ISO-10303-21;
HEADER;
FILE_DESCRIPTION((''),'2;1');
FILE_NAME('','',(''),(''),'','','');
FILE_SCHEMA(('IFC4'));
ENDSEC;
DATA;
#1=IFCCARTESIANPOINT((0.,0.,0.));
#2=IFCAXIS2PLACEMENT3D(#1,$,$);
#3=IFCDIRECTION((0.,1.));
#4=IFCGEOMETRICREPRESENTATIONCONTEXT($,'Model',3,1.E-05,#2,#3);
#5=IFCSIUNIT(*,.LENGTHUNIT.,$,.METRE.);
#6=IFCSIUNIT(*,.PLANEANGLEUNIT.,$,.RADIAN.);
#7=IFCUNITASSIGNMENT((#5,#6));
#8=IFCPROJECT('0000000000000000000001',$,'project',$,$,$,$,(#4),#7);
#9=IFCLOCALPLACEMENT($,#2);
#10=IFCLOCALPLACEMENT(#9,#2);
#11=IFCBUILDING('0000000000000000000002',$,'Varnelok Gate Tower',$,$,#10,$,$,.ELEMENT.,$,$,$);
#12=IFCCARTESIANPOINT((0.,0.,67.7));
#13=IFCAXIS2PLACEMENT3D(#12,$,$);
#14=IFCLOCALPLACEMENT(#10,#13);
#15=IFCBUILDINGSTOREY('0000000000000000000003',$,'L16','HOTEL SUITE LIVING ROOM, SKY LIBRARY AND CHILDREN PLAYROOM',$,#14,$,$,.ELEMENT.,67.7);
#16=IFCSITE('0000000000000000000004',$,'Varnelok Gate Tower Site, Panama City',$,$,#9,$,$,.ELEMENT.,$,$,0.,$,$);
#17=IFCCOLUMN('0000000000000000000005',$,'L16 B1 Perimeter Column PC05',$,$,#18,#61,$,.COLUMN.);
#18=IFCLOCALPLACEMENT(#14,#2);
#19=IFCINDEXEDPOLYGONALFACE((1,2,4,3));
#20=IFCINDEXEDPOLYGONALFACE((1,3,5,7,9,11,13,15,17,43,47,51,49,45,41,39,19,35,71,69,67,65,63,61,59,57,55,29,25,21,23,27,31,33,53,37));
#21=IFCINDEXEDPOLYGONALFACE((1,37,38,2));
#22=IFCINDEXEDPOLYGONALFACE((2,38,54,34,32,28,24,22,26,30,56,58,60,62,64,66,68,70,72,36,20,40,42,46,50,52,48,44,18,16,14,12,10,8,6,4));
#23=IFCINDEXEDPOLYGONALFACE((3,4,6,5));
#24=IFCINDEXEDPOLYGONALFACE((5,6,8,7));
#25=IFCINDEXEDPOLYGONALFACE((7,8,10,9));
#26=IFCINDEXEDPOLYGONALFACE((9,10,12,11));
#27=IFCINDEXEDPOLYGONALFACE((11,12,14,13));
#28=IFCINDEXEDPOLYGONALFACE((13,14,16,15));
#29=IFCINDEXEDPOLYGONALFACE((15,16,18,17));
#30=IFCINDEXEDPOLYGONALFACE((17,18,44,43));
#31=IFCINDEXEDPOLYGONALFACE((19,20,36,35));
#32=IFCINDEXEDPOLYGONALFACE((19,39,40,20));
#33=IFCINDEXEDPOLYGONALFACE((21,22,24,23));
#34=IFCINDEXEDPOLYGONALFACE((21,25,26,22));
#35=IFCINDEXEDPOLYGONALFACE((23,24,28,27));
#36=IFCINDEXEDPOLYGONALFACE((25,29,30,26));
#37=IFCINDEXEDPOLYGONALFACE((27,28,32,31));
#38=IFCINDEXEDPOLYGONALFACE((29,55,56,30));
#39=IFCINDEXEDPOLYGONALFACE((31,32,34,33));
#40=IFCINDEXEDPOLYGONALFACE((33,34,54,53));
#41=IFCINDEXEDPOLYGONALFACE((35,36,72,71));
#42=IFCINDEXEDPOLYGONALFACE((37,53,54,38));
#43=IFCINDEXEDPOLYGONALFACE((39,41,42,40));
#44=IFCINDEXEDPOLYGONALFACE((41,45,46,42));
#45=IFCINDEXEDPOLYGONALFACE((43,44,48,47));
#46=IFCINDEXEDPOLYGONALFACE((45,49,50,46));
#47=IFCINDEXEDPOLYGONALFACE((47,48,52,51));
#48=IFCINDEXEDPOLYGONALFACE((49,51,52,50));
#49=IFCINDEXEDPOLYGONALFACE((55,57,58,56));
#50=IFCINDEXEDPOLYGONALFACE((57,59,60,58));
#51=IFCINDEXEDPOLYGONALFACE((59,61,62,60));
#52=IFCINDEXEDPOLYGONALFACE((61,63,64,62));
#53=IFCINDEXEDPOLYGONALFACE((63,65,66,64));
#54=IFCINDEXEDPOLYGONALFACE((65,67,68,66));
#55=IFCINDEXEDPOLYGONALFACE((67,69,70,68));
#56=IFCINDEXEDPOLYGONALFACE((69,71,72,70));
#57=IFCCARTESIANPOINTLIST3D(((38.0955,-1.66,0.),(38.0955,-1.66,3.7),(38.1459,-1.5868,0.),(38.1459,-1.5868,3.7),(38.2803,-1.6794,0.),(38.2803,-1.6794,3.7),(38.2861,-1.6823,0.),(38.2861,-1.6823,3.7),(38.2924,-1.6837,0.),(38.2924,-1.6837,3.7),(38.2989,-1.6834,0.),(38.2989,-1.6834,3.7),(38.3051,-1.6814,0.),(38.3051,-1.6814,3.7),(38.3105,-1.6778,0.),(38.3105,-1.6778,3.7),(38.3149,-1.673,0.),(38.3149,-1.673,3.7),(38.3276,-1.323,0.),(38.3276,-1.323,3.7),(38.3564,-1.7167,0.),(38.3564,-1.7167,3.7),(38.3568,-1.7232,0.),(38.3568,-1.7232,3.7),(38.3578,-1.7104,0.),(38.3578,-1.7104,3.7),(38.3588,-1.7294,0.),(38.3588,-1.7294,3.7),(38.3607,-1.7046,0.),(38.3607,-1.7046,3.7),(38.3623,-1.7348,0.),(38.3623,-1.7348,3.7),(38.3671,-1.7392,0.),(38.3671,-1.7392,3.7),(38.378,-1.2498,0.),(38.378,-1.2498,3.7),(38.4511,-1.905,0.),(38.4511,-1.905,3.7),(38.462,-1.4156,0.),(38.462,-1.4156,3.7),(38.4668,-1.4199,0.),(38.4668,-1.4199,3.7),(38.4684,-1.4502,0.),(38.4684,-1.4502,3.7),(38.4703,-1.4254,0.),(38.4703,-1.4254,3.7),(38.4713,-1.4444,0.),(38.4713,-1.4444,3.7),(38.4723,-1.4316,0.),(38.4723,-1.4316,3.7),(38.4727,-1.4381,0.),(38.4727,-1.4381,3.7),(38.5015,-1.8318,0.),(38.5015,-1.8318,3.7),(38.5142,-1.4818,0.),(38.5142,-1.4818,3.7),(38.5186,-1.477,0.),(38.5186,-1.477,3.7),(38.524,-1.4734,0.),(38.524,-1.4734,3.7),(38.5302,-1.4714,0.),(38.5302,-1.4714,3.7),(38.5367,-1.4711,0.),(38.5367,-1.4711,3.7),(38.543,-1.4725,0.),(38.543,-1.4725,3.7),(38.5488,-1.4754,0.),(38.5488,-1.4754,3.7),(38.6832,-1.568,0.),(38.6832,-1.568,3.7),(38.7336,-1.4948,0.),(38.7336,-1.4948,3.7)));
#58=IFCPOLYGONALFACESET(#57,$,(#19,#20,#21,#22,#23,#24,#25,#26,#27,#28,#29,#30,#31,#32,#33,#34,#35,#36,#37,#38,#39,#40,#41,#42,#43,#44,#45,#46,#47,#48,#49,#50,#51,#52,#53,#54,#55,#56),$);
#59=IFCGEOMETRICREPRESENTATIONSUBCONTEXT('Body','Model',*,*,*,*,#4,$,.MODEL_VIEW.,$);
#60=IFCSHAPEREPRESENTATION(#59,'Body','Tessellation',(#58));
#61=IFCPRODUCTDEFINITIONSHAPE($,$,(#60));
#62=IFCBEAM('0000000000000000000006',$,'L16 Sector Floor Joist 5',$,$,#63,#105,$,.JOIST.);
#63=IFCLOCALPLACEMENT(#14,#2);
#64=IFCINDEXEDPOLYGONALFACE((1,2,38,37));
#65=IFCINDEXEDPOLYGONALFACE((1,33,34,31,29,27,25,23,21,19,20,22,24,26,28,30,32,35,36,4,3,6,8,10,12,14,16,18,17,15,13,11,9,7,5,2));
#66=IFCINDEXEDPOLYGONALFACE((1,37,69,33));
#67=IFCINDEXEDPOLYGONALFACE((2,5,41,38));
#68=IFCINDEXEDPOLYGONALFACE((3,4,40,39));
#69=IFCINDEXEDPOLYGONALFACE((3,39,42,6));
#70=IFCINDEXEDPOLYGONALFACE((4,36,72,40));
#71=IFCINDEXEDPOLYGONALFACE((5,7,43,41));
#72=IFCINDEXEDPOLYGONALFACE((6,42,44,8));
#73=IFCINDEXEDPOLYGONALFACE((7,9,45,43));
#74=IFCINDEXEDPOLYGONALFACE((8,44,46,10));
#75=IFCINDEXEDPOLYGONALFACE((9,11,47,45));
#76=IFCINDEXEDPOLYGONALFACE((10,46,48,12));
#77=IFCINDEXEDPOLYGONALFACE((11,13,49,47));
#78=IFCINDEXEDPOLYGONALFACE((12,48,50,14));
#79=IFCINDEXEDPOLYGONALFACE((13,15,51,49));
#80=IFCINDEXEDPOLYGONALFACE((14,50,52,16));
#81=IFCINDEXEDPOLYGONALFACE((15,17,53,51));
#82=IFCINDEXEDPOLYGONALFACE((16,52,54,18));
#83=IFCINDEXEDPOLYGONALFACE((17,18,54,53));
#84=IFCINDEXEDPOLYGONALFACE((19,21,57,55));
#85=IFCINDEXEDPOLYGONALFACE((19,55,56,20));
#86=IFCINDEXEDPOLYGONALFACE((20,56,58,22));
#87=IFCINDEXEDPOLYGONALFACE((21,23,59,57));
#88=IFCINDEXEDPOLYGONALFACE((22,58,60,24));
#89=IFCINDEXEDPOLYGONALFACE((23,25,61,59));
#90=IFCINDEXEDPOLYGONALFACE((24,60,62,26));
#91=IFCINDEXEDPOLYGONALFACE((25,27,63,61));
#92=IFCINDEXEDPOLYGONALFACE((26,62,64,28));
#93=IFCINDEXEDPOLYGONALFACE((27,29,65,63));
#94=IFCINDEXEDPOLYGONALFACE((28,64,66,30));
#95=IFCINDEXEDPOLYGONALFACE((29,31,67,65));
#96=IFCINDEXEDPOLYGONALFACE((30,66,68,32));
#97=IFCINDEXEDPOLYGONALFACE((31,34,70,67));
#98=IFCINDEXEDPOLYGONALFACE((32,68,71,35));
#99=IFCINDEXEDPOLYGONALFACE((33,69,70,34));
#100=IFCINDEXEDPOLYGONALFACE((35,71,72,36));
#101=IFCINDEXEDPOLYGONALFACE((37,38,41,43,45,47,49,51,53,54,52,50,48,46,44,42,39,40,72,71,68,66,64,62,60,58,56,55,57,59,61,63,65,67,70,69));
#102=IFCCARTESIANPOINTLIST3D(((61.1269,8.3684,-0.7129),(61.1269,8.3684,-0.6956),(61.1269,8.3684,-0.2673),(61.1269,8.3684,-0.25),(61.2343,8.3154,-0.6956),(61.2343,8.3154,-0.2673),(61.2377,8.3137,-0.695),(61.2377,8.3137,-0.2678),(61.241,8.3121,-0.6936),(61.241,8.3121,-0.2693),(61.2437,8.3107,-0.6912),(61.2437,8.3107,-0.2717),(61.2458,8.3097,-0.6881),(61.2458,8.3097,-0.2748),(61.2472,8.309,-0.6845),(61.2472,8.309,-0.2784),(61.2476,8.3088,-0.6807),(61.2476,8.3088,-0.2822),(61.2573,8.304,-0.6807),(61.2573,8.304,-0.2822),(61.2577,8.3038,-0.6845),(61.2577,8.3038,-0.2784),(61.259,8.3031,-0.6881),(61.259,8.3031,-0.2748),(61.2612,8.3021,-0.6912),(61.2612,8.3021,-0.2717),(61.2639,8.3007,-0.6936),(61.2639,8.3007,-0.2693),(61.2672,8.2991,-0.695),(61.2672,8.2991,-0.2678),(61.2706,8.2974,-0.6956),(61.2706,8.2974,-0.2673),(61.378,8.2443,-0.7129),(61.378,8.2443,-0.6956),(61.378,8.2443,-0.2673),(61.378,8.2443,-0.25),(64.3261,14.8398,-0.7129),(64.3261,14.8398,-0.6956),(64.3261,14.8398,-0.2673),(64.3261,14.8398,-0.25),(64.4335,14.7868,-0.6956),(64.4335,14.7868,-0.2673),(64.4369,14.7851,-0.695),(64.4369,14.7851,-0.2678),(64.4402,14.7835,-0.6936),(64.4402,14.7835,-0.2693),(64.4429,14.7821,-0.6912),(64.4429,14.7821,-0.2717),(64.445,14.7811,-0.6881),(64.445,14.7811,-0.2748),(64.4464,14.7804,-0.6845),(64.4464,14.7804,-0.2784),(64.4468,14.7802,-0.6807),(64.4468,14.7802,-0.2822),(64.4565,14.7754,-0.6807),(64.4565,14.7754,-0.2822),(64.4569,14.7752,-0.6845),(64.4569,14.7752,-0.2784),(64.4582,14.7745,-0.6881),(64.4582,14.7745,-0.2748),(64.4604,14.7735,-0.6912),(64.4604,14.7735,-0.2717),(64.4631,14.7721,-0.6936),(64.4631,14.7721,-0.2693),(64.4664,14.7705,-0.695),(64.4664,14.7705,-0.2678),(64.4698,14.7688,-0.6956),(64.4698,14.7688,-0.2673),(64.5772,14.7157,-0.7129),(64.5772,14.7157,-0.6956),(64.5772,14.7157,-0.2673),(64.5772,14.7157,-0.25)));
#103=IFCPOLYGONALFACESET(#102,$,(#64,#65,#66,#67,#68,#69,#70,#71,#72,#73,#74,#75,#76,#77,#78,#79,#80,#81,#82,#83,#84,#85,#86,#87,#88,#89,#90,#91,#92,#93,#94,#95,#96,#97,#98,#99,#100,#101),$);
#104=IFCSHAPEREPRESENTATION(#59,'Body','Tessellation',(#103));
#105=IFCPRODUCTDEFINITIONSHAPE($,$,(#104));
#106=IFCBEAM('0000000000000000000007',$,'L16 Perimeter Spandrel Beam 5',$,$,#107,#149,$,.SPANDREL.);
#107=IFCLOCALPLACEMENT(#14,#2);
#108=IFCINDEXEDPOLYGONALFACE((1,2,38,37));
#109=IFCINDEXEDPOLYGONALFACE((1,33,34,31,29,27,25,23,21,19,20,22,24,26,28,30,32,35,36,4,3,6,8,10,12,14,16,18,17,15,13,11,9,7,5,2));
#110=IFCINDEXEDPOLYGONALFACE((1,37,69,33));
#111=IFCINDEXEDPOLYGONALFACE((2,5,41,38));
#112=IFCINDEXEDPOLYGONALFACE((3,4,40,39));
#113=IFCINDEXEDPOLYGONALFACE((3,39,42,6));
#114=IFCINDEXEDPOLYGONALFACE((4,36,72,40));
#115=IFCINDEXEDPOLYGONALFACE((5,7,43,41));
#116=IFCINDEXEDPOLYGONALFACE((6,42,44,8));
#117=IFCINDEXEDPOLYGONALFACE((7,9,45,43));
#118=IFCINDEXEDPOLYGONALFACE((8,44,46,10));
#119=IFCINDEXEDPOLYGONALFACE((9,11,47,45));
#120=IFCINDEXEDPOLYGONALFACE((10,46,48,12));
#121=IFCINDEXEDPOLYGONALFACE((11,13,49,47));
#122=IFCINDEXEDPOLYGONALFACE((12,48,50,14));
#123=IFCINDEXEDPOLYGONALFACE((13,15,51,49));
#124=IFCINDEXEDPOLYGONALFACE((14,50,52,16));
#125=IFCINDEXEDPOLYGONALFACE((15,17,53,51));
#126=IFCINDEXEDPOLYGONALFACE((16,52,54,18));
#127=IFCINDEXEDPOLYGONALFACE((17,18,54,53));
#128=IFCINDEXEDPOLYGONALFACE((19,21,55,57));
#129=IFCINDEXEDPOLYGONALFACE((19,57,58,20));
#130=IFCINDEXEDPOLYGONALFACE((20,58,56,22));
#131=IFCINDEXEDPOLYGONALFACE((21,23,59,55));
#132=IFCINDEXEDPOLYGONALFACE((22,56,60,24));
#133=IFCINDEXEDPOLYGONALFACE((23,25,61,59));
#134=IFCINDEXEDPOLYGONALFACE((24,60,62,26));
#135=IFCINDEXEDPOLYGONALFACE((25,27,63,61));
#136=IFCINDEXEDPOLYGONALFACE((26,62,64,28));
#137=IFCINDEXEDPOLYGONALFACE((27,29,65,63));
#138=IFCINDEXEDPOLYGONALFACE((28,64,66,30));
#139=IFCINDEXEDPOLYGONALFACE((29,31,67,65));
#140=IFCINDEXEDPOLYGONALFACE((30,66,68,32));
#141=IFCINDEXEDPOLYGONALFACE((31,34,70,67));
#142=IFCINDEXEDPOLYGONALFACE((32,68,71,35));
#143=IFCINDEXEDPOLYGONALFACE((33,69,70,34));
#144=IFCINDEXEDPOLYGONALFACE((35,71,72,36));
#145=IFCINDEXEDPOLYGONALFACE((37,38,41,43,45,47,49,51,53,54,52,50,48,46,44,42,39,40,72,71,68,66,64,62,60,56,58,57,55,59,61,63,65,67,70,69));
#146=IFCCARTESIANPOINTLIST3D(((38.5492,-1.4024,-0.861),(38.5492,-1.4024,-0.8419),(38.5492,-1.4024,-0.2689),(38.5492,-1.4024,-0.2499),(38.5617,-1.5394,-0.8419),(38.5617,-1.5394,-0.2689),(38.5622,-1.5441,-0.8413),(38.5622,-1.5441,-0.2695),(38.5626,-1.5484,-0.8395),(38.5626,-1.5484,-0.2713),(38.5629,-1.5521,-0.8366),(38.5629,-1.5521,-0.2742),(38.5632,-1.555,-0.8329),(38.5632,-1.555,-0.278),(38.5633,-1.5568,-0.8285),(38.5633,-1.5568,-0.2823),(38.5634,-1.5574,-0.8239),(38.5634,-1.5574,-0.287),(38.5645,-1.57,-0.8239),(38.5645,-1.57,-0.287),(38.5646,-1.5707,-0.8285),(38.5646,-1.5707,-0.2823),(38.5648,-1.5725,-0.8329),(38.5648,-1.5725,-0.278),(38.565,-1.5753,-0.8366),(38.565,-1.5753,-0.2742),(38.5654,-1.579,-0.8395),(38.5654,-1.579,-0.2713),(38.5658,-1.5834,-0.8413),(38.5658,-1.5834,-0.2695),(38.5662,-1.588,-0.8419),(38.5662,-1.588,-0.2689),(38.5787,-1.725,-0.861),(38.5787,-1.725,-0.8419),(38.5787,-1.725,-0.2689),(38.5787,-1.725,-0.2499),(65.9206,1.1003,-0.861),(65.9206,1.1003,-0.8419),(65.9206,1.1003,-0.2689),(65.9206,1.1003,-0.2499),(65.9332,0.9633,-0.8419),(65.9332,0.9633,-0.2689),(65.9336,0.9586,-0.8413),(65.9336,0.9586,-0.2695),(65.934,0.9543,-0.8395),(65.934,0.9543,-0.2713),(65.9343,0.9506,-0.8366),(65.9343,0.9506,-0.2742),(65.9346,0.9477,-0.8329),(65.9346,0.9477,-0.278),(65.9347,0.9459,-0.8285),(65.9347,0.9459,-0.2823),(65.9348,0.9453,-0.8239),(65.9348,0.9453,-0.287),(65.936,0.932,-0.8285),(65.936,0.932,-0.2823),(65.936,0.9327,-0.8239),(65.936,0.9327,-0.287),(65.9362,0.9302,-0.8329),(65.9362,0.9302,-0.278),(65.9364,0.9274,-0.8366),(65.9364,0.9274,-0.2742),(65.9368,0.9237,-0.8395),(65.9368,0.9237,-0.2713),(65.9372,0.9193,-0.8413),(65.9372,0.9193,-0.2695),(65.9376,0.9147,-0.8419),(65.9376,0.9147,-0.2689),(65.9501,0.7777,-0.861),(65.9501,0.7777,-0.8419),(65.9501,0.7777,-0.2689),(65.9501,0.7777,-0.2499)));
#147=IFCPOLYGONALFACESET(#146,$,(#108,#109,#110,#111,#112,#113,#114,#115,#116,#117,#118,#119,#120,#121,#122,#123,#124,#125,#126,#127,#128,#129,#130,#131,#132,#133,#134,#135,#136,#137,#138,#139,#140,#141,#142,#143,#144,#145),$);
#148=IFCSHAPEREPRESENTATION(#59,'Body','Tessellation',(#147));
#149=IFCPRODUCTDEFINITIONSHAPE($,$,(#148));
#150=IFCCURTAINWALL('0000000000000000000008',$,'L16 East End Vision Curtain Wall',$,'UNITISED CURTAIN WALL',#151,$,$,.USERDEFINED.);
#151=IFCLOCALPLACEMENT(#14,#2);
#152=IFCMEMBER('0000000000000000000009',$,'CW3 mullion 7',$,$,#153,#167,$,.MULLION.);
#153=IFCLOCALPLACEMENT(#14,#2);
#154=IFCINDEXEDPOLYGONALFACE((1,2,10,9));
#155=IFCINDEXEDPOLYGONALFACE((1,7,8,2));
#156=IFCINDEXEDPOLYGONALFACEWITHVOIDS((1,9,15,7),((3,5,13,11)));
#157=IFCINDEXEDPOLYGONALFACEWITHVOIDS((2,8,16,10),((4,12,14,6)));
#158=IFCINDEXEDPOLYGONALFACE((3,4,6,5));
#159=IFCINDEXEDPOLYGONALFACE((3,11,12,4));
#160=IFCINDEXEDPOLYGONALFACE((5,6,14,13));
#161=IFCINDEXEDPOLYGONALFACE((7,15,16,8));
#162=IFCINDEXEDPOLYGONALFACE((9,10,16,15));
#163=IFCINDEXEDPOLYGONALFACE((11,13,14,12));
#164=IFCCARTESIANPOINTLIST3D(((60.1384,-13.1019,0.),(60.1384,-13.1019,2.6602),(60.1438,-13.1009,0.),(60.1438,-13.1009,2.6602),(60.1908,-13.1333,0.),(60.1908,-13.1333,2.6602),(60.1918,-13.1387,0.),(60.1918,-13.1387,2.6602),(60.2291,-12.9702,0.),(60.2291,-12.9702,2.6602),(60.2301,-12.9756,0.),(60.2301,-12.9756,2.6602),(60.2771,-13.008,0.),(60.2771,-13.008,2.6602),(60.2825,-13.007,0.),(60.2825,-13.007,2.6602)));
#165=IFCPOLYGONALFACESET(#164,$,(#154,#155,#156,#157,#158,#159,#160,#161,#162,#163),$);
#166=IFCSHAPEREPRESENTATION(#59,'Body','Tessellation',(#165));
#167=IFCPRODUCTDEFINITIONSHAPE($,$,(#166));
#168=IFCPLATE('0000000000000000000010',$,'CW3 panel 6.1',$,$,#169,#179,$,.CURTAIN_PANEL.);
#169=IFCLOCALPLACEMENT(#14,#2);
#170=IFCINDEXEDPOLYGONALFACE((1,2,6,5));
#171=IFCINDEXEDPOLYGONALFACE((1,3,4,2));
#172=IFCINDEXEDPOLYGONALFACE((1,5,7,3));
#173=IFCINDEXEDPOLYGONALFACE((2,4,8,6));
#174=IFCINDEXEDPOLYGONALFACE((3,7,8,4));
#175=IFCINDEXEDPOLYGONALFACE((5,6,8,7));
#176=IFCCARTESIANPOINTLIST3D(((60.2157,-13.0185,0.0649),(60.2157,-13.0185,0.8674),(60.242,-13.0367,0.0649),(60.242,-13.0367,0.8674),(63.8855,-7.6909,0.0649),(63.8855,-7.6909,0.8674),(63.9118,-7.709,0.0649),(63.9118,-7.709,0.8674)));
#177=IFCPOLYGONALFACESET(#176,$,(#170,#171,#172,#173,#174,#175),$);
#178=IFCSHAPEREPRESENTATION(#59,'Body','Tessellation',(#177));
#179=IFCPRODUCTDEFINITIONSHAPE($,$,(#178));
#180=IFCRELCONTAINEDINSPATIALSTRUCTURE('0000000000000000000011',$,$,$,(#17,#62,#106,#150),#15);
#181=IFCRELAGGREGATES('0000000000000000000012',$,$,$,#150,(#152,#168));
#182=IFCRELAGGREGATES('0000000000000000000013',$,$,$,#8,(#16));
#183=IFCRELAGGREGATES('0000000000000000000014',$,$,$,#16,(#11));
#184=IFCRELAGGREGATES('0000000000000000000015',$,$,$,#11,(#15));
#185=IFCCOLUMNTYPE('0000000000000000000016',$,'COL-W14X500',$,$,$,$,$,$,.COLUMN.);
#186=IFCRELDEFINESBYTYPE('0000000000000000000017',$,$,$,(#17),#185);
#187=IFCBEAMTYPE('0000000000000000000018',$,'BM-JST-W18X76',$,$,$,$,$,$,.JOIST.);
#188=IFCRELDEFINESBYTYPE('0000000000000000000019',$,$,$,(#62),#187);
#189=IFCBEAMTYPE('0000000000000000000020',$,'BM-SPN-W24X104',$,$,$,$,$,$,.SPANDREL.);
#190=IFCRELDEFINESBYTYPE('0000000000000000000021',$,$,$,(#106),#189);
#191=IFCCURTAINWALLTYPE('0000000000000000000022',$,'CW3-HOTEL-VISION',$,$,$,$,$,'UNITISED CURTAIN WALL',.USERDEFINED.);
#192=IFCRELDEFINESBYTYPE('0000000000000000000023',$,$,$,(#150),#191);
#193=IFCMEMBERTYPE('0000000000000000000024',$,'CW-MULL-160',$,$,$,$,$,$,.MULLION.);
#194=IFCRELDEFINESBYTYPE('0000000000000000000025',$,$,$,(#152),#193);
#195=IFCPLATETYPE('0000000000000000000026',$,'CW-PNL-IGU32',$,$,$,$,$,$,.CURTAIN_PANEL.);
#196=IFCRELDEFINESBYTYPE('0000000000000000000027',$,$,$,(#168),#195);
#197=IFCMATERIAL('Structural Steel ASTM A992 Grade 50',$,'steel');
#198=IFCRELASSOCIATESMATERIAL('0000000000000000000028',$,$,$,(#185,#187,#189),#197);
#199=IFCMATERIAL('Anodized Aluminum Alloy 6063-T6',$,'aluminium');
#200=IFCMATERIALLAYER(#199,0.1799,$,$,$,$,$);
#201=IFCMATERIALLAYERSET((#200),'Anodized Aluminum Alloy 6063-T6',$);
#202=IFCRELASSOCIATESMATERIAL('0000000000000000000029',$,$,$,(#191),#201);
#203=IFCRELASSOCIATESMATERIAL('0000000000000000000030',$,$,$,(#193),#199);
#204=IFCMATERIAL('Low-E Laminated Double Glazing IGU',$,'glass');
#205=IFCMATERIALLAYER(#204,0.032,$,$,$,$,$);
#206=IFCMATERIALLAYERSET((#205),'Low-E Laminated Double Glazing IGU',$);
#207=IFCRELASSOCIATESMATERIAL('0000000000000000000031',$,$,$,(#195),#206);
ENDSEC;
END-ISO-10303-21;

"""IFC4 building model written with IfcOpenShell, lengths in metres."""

from ifc_helpers import new_model, si_unit, direction, frame, origin, origin_2d, place, context, subcontext, project, spatial, rectangle, hollow_rectangle, i_section, extrude, source, transform, mapped, material, layer, layer_set, material_profile, profile_set, type_object, element, aggregate, save


model = new_model("IFC4")

# Units and contexts
model_context = context("Model", 3, precision=1e-05, world=origin(), true_north=direction((0.0, 1.0)))
body_context = subcontext(model_context, "Body", "Model", "MODEL_VIEW")
ifc_project = project(units=[si_unit("LENGTHUNIT", "METRE"), si_unit("PLANEANGLEUNIT", "RADIAN")], contexts=[model_context])

# Site, building, storey
site_placement = place(None, origin())
site = spatial("IfcSite", under=ifc_project, at=site_placement, Name="Varnelok Gate Tower Site, Panama City", CompositionType="ELEMENT", RefElevation=0.0)
building_placement = place(site_placement, origin())
building = spatial("IfcBuilding", under=site, at=building_placement, Name="Varnelok Gate Tower", CompositionType="ELEMENT")
storey_placement = place(building_placement, frame((0.0, 0.0, 67.7)))
storey = spatial("IfcBuildingStorey", under=building, at=storey_placement, Name="L16", Description="HOTEL SUITE LIVING ROOM, SKY LIBRARY AND CHILDREN PLAYROOM", CompositionType="ELEMENT", Elevation=67.7)

# Column
ifc_material_1 = material(Name="Structural Steel ASTM A992 Grade 50", Category="steel")
ifc_material_profile_1 = material_profile(ifc_material_1, i_section(OverallWidth=0.4319, OverallDepth=0.498, WebThickness=0.0557, FlangeThickness=0.0889, FilletRadius=0.0249, at=origin_2d()), Name="W14X500")
ifc_profile_set_1 = profile_set([ifc_material_profile_1], Name="Structural Steel ASTM A992 Grade 50")
column_type = type_object("IfcColumnType", Name="COL-W14X500", PredefinedType="COLUMN", material=ifc_profile_set_1)
column_placement = place(storey_placement, frame((38.4146, -1.5774, 0.0), z_axis=(0.0, 0.0, 1.0), x_axis=(0.823533, -0.567269, 0.0)))
element("IfcColumn", 1, at=column_placement, inside=storey, type_object=column_type, Name="L16 B1 Perimeter Column PC05", PredefinedType="COLUMN", context=body_context, shape_type="SweptSolid", body=[
    extrude(i_section(OverallWidth=0.4319, OverallDepth=0.498, WebThickness=0.0557, FlangeThickness=0.0889, FilletRadius=0.0249, at=origin_2d()), origin(), (0.0, 0.0, 1.0), 3.7),
])

# Beams
ifc_material_profile_2 = material_profile(ifc_material_1, i_section(OverallWidth=0.28, OverallDepth=0.4629, WebThickness=0.0107, FlangeThickness=0.0173, FilletRadius=0.0149, at=origin_2d()), Name="W18X76")
ifc_profile_set_2 = profile_set([ifc_material_profile_2], Name="Structural Steel ASTM A992 Grade 50")
beam_type_1 = type_object("IfcBeamType", Name="BM-JST-W18X76", PredefinedType="JOIST", material=ifc_profile_set_2)
beam_1_placement = place(storey_placement, frame((61.2524, 8.3064, -0.4814), z_axis=(0.443164, 0.89644, 0.0), x_axis=(-0.89644, 0.443164, 0.0)))
element("IfcBeam", 2, at=beam_1_placement, inside=storey, type_object=beam_type_1, Name="L16 Sector Floor Joist 5", PredefinedType="JOIST", context=body_context, shape_type="SweptSolid", body=[
    extrude(i_section(OverallWidth=0.28, OverallDepth=0.4629, WebThickness=0.0107, FlangeThickness=0.0173, FilletRadius=0.0149, at=origin_2d()), origin(), (0.0, 0.0, 1.0), 7.219),
])
ifc_material_profile_3 = material_profile(ifc_material_1, i_section(OverallWidth=0.324, OverallDepth=0.6111, WebThickness=0.0127, FlangeThickness=0.019, FilletRadius=0.0181, at=origin_2d()), Name="W24X104")
ifc_profile_set_3 = profile_set([ifc_material_profile_3], Name="Structural Steel ASTM A992 Grade 50")
beam_type_2 = type_object("IfcBeamType", Name="BM-SPN-W24X104", PredefinedType="SPANDREL", material=ifc_profile_set_3)
beam_2_placement = place(storey_placement, frame((38.564, -1.5637, -0.5554), z_axis=(0.995846, 0.091055, 0.0), x_axis=(-0.091055, 0.995846, 0.0)))
element("IfcBeam", 3, at=beam_2_placement, inside=storey, type_object=beam_type_2, Name="L16 Perimeter Spandrel Beam 5", PredefinedType="SPANDREL", context=body_context, shape_type="SweptSolid", body=[
    extrude(i_section(OverallWidth=0.324, OverallDepth=0.6111, WebThickness=0.0127, FlangeThickness=0.019, FilletRadius=0.0181, at=origin_2d()), origin(), (0.0, 0.0, 1.0), 27.4856),
])

# Curtain wall, member, plate
ifc_material_2 = material(Name="Anodized Aluminum Alloy 6063-T6", Category="aluminium")
ifc_layer_1 = layer(ifc_material_2, 0.1799)
ifc_layer_set_1 = layer_set([ifc_layer_1], Name="Anodized Aluminum Alloy 6063-T6")
curtain_wall_type = type_object("IfcCurtainWallType", Name="CW3-HOTEL-VISION", ElementType="UNITISED CURTAIN WALL", PredefinedType="USERDEFINED", material=ifc_layer_set_1)
curtain_wall_placement = place(storey_placement, origin())
curtain_wall = element("IfcCurtainWall", 4, at=curtain_wall_placement, inside=storey, type_object=curtain_wall_type, Name="L16 East End Vision Curtain Wall", ObjectType="UNITISED CURTAIN WALL", PredefinedType="USERDEFINED")
ifc_material_profile_4 = material_profile(ifc_material_2, hollow_rectangle(XDim=0.0649, YDim=0.1599, WallThickness=0.0039, at=origin_2d()), Name="ALU160X65X4")
ifc_profile_set_4 = profile_set([ifc_material_profile_4], Name="Anodized Aluminum Alloy 6063-T6")
member_type = type_object("IfcMemberType", Name="CW-MULL-160", PredefinedType="MULLION", material=ifc_profile_set_4)
member_placement = place(storey_placement, frame((60.2104, -13.0544, 0.0), z_axis=(0.0, 0.0, 1.0), x_axis=(0.823533, -0.567269, 0.0)))
member = element("IfcMember", 5, at=member_placement, type_object=member_type, Name="CW3 mullion 7", PredefinedType="MULLION", context=body_context, shape_type="SweptSolid", body=[
    extrude(hollow_rectangle(XDim=0.0649, YDim=0.1599, WallThickness=0.0039, at=origin_2d()), origin(), (0.0, 0.0, 1.0), 2.6602),
])
ifc_material_3 = material(Name="Low-E Laminated Double Glazing IGU", Category="glass")
ifc_layer_2 = layer(ifc_material_3, 0.032)
ifc_layer_set_2 = layer_set([ifc_layer_2], Name="Low-E Laminated Double Glazing IGU")
plate_type = type_object("IfcPlateType", Name="CW-PNL-IGU32", PredefinedType="CURTAIN_PANEL", material=ifc_layer_set_2)
shared_shape = source(origin(), body_context, "Body", "SweptSolid", [
    extrude(rectangle(XDim=6.4692, YDim=0.032, at=origin_2d()), origin(), (0.0, 0.0, 1.0), 0.8025),
])
plate_placement = place(storey_placement, frame((62.0637, -10.3638, 0.0649), z_axis=(0.0, 0.0, 1.0), x_axis=(-0.567269, -0.823533, 0.0)))
plate = element("IfcPlate", 6, at=plate_placement, type_object=plate_type, Name="CW3 panel 6.1", PredefinedType="CURTAIN_PANEL", context=body_context, shape_type="MappedRepresentation", body=[
    mapped(shared_shape, transform((0.0, 0.0, 0.0), scale=1.0)),
])
aggregate(curtain_wall, [member, plate])

save(model, "model.ifc")
